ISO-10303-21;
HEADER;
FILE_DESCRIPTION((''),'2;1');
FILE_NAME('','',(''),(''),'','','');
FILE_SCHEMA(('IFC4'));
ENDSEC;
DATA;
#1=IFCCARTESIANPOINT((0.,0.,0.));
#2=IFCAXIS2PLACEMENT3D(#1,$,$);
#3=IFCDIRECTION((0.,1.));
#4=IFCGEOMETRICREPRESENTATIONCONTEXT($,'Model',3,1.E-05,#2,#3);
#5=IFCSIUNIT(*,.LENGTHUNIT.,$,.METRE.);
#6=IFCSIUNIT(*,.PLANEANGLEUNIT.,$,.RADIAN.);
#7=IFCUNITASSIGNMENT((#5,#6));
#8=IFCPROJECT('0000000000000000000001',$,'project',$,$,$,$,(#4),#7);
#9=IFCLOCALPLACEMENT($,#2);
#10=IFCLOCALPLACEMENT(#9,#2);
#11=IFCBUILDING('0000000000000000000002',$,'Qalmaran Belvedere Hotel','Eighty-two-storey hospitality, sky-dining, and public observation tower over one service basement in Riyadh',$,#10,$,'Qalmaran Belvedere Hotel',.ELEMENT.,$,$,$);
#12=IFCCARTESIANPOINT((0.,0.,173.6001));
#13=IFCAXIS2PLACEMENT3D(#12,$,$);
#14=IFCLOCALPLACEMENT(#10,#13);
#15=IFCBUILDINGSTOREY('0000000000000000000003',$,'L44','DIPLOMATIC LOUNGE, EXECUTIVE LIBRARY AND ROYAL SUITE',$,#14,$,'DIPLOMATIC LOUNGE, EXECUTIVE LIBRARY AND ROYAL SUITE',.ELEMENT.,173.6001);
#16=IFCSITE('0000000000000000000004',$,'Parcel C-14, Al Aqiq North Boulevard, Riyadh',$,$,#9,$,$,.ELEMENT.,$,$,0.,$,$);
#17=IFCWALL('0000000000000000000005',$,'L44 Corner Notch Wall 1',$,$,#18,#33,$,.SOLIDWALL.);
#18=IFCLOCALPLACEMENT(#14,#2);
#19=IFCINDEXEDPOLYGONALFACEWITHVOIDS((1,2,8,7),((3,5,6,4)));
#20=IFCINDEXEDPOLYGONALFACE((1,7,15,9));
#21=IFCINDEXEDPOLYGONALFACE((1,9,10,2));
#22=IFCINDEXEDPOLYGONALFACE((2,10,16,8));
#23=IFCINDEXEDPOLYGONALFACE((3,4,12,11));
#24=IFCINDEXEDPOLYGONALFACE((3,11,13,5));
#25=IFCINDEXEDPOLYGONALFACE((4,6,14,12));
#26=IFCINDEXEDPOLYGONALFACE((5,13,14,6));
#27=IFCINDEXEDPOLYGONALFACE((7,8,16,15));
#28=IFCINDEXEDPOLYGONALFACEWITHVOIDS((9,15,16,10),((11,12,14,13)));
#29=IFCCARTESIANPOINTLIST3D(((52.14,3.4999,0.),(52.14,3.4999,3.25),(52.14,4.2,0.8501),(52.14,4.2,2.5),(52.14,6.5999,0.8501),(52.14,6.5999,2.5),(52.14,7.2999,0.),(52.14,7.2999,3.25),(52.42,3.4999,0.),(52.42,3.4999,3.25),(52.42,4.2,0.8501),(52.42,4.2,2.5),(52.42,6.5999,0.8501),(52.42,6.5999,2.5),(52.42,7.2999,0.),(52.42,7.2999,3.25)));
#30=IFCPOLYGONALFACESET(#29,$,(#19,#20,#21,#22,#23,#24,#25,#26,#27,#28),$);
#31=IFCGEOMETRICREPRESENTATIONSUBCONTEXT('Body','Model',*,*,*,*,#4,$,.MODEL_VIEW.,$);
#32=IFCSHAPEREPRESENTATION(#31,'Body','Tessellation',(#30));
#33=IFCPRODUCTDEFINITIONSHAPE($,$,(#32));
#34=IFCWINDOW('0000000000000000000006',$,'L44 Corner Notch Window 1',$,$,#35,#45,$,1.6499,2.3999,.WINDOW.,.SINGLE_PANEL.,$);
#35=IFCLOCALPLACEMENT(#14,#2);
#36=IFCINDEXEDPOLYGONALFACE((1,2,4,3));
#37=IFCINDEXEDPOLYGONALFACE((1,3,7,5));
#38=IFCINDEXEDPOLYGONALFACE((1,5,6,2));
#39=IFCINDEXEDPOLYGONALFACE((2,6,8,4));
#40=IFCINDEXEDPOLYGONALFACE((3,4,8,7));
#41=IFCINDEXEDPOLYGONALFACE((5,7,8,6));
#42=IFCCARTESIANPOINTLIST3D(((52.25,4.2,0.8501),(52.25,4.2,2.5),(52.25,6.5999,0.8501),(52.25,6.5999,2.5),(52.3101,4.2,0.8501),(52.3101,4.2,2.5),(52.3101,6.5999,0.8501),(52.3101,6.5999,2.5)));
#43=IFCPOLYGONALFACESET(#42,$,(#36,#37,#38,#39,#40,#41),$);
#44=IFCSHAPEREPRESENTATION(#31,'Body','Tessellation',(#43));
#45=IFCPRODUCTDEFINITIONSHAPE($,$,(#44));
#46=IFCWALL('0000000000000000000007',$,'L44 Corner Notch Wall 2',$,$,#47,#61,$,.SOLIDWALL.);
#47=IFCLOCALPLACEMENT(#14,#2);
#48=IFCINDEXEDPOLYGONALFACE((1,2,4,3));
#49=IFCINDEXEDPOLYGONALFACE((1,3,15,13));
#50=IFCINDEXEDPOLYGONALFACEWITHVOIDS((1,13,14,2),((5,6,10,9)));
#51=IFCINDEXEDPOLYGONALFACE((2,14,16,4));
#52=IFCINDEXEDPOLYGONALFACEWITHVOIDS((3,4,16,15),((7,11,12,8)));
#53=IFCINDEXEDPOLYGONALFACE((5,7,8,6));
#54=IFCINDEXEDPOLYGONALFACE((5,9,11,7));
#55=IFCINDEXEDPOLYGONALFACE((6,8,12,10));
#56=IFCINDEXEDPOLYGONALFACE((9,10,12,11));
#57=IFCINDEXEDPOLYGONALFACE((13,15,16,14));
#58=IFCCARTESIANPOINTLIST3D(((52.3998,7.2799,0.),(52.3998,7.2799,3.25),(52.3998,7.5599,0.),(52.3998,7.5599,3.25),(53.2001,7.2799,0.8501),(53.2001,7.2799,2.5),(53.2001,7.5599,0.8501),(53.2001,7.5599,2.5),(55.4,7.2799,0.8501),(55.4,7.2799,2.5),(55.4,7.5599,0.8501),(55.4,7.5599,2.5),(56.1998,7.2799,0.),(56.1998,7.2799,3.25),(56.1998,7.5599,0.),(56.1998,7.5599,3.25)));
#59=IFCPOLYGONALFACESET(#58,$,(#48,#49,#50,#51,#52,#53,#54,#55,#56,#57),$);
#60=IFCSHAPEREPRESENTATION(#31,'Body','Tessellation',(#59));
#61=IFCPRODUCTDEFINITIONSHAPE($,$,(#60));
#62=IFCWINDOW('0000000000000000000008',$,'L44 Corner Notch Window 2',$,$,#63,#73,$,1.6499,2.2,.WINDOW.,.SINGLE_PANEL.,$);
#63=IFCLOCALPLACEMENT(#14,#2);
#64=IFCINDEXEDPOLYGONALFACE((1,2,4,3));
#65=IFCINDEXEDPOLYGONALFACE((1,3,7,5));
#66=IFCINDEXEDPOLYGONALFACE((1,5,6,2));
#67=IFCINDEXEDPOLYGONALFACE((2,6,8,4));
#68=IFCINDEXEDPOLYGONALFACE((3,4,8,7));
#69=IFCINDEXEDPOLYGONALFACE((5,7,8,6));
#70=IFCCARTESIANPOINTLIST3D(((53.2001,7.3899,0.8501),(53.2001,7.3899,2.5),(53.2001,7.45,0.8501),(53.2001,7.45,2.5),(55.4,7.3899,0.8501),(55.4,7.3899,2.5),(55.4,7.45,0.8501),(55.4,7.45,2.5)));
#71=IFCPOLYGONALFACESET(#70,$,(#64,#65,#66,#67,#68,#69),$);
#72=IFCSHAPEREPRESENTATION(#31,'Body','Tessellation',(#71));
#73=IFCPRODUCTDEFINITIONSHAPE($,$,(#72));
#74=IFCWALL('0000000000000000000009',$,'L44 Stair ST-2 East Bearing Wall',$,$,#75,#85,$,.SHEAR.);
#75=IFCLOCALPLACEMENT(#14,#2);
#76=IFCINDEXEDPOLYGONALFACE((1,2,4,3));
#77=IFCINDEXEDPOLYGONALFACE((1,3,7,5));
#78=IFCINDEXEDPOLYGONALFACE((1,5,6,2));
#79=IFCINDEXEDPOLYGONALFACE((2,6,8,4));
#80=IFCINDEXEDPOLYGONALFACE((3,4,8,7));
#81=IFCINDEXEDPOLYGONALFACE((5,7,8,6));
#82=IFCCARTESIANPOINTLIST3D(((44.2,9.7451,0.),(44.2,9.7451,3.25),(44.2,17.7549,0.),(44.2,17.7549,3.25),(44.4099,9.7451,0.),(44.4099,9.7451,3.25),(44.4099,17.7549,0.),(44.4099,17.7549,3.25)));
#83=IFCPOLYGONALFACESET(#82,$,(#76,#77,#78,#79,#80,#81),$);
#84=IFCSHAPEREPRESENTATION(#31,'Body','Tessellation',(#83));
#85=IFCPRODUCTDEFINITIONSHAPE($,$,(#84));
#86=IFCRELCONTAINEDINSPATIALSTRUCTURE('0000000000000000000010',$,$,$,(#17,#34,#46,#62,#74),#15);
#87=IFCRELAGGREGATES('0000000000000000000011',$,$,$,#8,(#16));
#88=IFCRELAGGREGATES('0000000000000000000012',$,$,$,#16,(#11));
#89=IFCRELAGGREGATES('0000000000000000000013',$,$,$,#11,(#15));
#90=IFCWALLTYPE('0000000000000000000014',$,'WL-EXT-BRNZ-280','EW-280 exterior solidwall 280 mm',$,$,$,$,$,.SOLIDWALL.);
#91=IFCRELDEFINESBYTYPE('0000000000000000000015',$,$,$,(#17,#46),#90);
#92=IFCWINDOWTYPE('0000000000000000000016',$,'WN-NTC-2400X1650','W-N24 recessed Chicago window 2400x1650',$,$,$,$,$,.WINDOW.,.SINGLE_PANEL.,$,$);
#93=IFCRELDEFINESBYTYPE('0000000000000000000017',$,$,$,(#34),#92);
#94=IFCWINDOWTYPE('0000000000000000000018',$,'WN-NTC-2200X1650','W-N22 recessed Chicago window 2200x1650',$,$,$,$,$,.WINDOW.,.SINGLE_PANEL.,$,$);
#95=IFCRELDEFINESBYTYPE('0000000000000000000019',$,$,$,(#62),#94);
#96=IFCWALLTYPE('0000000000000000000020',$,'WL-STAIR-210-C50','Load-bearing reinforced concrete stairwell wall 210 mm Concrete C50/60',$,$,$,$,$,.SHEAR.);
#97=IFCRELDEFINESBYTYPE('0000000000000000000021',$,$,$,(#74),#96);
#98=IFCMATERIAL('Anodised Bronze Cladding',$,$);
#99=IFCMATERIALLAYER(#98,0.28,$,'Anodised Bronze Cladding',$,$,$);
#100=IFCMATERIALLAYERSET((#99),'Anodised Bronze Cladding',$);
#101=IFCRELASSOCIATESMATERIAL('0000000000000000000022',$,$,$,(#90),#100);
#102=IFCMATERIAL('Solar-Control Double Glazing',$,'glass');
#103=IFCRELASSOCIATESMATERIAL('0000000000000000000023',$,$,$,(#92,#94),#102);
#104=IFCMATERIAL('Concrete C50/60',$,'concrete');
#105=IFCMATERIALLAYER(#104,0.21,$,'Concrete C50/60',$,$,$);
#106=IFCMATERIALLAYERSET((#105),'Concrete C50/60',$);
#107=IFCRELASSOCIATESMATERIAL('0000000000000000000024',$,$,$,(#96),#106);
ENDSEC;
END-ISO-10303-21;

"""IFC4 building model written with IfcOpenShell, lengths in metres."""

from ifc_helpers import new_model, si_unit, direction, frame, frame_2d, origin, place, context, subcontext, project, spatial, rectangle, extrude, material, layer, layer_set, type_object, element, fill, save


model = new_model("IFC4")

# Units and contexts
model_context = context("Model", 3, precision=1e-05, world=origin(), true_north=direction((0.0, 1.0)))
body_context = subcontext(model_context, "Body", "Model", "MODEL_VIEW")
ifc_project = project(units=[si_unit("LENGTHUNIT", "METRE"), si_unit("PLANEANGLEUNIT", "RADIAN")], contexts=[model_context])

# Site, building, storey
site_placement = place(None, origin())
site = spatial("IfcSite", under=ifc_project, at=site_placement, Name="Parcel C-14, Al Aqiq North Boulevard, Riyadh", CompositionType="ELEMENT", RefElevation=0.0)
building_placement = place(site_placement, origin())
building = spatial("IfcBuilding", under=site, at=building_placement, Name="Qalmaran Belvedere Hotel", Description="Eighty-two-storey hospitality, sky-dining, and public observation tower over one service basement in Riyadh", LongName="Qalmaran Belvedere Hotel", CompositionType="ELEMENT")
storey_placement = place(building_placement, frame((0.0, 0.0, 173.6001)))
storey = spatial("IfcBuildingStorey", under=building, at=storey_placement, Name="L44", Description="DIPLOMATIC LOUNGE, EXECUTIVE LIBRARY AND ROYAL SUITE", LongName="DIPLOMATIC LOUNGE, EXECUTIVE LIBRARY AND ROYAL SUITE", CompositionType="ELEMENT", Elevation=173.6001)

# Shared definitions
ifc_material_1 = material(Name="Concrete C50/60", Category="concrete")

# Shared definitions
ifc_material_2 = material(Name="Solar-Control Double Glazing", Category="glass")

# Walls, openings, windows
ifc_material_3 = material(Name="Anodised Bronze Cladding")
ifc_layer_1 = layer(ifc_material_3, 0.28, Name="Anodised Bronze Cladding")
ifc_layer_set_1 = layer_set([ifc_layer_1], Name="Anodised Bronze Cladding")
wall_type_1 = type_object("IfcWallType", Name="WL-EXT-BRNZ-280", Description="EW-280 exterior solidwall 280 mm", PredefinedType="SOLIDWALL", material=ifc_layer_set_1)
wall_1_placement = place(storey_placement, frame((52.28, 3.5, 0.0), z_axis=(0.0, 0.0, 1.0), x_axis=(0.0, 1.0, 0.0)))
wall_1 = element("IfcWall", 1, at=wall_1_placement, inside=storey, type_object=wall_type_1, Name="L44 Corner Notch Wall 1", PredefinedType="SOLIDWALL", context=body_context, shape_type="SweptSolid", body=[
    extrude(rectangle(XDim=3.8, YDim=0.28, at=frame_2d((1.8999, 0.0))), origin(), (0.0, 0.0, 1.0), 3.25),
])
opening_1_placement = place(wall_1_placement, frame((0.7, 0.0, 0.8501)))
opening_1 = element("IfcOpeningElement", 2, at=opening_1_placement, cuts=wall_1, PredefinedType="OPENING", context=body_context, shape_type="SweptSolid", body=[
    extrude(rectangle(XDim=2.3999, YDim=1.6499, at=frame_2d((1.2, 0.825))), frame((0.0, 0.1499, 0.0), z_axis=(0.0, -1.0, 0.0), x_axis=(1.0, 0.0, 0.0)), (0.0, 0.0, 1.0), 0.3),
])
window_type_1 = type_object("IfcWindowType", Name="WN-NTC-2400X1650", Description="W-N24 recessed Chicago window 2400x1650", PartitioningType="SINGLE_PANEL", PredefinedType="WINDOW", material=ifc_material_2)
window_1_placement = place(opening_1_placement, origin())
window_1 = element("IfcWindow", 3, at=window_1_placement, inside=storey, type_object=window_type_1, Name="L44 Corner Notch Window 1", OverallHeight=1.6499, OverallWidth=2.3999, PartitioningType="SINGLE_PANEL", PredefinedType="WINDOW", context=body_context, shape_type="SweptSolid", body=[
    extrude(rectangle(XDim=2.3999, YDim=1.6499, at=frame_2d((1.2, 0.825))), frame((0.0, 0.03, 0.0), z_axis=(0.0, -1.0, 0.0), x_axis=(1.0, 0.0, 0.0)), (0.0, 0.0, 1.0), 0.0601),
])
fill(opening_1, window_1)
wall_2_placement = place(storey_placement, frame((52.3999, 7.4199, 0.0), z_axis=(0.0, 0.0, 1.0), x_axis=(1.0, 0.0, 0.0)))
wall_2 = element("IfcWall", 4, at=wall_2_placement, inside=storey, type_object=wall_type_1, Name="L44 Corner Notch Wall 2", PredefinedType="SOLIDWALL", context=body_context, shape_type="SweptSolid", body=[
    extrude(rectangle(XDim=3.8, YDim=0.28, at=frame_2d((1.8999, 0.0))), origin(), (0.0, 0.0, 1.0), 3.25),
])
opening_2_placement = place(wall_2_placement, frame((0.8, 0.0, 0.8501)))
opening_2 = element("IfcOpeningElement", 5, at=opening_2_placement, cuts=wall_2, PredefinedType="OPENING", context=body_context, shape_type="SweptSolid", body=[
    extrude(rectangle(XDim=2.2, YDim=1.6499, at=frame_2d((1.1001, 0.825))), frame((0.0, 0.1499, 0.0), z_axis=(0.0, -1.0, 0.0), x_axis=(1.0, 0.0, 0.0)), (0.0, 0.0, 1.0), 0.3),
])
window_type_2 = type_object("IfcWindowType", Name="WN-NTC-2200X1650", Description="W-N22 recessed Chicago window 2200x1650", PartitioningType="SINGLE_PANEL", PredefinedType="WINDOW", material=ifc_material_2)
window_2_placement = place(opening_2_placement, origin())
window_2 = element("IfcWindow", 6, at=window_2_placement, inside=storey, type_object=window_type_2, Name="L44 Corner Notch Window 2", OverallHeight=1.6499, OverallWidth=2.2, PartitioningType="SINGLE_PANEL", PredefinedType="WINDOW", context=body_context, shape_type="SweptSolid", body=[
    extrude(rectangle(XDim=2.2, YDim=1.6499, at=frame_2d((1.1001, 0.825))), frame((0.0, 0.03, 0.0), z_axis=(0.0, -1.0, 0.0), x_axis=(1.0, 0.0, 0.0)), (0.0, 0.0, 1.0), 0.0601),
])
fill(opening_2, window_2)

# Wall
ifc_layer_2 = layer(ifc_material_1, 0.21, Name="Concrete C50/60")
ifc_layer_set_2 = layer_set([ifc_layer_2], Name="Concrete C50/60")
wall_type_2 = type_object("IfcWallType", Name="WL-STAIR-210-C50", Description="Load-bearing reinforced concrete stairwell wall 210 mm Concrete C50/60", PredefinedType="SHEAR", material=ifc_layer_set_2)
wall_3_placement = place(storey_placement, frame((44.3049, 9.7451, 0.0), z_axis=(0.0, 0.0, 1.0), x_axis=(0.0, 1.0, 0.0)))
element("IfcWall", 7, at=wall_3_placement, inside=storey, type_object=wall_type_2, Name="L44 Stair ST-2 East Bearing Wall", PredefinedType="SHEAR", context=body_context, shape_type="SweptSolid", body=[
    extrude(rectangle(XDim=8.0098, YDim=0.21, at=frame_2d((4.0049, 0.0))), origin(), (0.0, 0.0, 1.0), 3.25),
])

save(model, "model.ifc")
